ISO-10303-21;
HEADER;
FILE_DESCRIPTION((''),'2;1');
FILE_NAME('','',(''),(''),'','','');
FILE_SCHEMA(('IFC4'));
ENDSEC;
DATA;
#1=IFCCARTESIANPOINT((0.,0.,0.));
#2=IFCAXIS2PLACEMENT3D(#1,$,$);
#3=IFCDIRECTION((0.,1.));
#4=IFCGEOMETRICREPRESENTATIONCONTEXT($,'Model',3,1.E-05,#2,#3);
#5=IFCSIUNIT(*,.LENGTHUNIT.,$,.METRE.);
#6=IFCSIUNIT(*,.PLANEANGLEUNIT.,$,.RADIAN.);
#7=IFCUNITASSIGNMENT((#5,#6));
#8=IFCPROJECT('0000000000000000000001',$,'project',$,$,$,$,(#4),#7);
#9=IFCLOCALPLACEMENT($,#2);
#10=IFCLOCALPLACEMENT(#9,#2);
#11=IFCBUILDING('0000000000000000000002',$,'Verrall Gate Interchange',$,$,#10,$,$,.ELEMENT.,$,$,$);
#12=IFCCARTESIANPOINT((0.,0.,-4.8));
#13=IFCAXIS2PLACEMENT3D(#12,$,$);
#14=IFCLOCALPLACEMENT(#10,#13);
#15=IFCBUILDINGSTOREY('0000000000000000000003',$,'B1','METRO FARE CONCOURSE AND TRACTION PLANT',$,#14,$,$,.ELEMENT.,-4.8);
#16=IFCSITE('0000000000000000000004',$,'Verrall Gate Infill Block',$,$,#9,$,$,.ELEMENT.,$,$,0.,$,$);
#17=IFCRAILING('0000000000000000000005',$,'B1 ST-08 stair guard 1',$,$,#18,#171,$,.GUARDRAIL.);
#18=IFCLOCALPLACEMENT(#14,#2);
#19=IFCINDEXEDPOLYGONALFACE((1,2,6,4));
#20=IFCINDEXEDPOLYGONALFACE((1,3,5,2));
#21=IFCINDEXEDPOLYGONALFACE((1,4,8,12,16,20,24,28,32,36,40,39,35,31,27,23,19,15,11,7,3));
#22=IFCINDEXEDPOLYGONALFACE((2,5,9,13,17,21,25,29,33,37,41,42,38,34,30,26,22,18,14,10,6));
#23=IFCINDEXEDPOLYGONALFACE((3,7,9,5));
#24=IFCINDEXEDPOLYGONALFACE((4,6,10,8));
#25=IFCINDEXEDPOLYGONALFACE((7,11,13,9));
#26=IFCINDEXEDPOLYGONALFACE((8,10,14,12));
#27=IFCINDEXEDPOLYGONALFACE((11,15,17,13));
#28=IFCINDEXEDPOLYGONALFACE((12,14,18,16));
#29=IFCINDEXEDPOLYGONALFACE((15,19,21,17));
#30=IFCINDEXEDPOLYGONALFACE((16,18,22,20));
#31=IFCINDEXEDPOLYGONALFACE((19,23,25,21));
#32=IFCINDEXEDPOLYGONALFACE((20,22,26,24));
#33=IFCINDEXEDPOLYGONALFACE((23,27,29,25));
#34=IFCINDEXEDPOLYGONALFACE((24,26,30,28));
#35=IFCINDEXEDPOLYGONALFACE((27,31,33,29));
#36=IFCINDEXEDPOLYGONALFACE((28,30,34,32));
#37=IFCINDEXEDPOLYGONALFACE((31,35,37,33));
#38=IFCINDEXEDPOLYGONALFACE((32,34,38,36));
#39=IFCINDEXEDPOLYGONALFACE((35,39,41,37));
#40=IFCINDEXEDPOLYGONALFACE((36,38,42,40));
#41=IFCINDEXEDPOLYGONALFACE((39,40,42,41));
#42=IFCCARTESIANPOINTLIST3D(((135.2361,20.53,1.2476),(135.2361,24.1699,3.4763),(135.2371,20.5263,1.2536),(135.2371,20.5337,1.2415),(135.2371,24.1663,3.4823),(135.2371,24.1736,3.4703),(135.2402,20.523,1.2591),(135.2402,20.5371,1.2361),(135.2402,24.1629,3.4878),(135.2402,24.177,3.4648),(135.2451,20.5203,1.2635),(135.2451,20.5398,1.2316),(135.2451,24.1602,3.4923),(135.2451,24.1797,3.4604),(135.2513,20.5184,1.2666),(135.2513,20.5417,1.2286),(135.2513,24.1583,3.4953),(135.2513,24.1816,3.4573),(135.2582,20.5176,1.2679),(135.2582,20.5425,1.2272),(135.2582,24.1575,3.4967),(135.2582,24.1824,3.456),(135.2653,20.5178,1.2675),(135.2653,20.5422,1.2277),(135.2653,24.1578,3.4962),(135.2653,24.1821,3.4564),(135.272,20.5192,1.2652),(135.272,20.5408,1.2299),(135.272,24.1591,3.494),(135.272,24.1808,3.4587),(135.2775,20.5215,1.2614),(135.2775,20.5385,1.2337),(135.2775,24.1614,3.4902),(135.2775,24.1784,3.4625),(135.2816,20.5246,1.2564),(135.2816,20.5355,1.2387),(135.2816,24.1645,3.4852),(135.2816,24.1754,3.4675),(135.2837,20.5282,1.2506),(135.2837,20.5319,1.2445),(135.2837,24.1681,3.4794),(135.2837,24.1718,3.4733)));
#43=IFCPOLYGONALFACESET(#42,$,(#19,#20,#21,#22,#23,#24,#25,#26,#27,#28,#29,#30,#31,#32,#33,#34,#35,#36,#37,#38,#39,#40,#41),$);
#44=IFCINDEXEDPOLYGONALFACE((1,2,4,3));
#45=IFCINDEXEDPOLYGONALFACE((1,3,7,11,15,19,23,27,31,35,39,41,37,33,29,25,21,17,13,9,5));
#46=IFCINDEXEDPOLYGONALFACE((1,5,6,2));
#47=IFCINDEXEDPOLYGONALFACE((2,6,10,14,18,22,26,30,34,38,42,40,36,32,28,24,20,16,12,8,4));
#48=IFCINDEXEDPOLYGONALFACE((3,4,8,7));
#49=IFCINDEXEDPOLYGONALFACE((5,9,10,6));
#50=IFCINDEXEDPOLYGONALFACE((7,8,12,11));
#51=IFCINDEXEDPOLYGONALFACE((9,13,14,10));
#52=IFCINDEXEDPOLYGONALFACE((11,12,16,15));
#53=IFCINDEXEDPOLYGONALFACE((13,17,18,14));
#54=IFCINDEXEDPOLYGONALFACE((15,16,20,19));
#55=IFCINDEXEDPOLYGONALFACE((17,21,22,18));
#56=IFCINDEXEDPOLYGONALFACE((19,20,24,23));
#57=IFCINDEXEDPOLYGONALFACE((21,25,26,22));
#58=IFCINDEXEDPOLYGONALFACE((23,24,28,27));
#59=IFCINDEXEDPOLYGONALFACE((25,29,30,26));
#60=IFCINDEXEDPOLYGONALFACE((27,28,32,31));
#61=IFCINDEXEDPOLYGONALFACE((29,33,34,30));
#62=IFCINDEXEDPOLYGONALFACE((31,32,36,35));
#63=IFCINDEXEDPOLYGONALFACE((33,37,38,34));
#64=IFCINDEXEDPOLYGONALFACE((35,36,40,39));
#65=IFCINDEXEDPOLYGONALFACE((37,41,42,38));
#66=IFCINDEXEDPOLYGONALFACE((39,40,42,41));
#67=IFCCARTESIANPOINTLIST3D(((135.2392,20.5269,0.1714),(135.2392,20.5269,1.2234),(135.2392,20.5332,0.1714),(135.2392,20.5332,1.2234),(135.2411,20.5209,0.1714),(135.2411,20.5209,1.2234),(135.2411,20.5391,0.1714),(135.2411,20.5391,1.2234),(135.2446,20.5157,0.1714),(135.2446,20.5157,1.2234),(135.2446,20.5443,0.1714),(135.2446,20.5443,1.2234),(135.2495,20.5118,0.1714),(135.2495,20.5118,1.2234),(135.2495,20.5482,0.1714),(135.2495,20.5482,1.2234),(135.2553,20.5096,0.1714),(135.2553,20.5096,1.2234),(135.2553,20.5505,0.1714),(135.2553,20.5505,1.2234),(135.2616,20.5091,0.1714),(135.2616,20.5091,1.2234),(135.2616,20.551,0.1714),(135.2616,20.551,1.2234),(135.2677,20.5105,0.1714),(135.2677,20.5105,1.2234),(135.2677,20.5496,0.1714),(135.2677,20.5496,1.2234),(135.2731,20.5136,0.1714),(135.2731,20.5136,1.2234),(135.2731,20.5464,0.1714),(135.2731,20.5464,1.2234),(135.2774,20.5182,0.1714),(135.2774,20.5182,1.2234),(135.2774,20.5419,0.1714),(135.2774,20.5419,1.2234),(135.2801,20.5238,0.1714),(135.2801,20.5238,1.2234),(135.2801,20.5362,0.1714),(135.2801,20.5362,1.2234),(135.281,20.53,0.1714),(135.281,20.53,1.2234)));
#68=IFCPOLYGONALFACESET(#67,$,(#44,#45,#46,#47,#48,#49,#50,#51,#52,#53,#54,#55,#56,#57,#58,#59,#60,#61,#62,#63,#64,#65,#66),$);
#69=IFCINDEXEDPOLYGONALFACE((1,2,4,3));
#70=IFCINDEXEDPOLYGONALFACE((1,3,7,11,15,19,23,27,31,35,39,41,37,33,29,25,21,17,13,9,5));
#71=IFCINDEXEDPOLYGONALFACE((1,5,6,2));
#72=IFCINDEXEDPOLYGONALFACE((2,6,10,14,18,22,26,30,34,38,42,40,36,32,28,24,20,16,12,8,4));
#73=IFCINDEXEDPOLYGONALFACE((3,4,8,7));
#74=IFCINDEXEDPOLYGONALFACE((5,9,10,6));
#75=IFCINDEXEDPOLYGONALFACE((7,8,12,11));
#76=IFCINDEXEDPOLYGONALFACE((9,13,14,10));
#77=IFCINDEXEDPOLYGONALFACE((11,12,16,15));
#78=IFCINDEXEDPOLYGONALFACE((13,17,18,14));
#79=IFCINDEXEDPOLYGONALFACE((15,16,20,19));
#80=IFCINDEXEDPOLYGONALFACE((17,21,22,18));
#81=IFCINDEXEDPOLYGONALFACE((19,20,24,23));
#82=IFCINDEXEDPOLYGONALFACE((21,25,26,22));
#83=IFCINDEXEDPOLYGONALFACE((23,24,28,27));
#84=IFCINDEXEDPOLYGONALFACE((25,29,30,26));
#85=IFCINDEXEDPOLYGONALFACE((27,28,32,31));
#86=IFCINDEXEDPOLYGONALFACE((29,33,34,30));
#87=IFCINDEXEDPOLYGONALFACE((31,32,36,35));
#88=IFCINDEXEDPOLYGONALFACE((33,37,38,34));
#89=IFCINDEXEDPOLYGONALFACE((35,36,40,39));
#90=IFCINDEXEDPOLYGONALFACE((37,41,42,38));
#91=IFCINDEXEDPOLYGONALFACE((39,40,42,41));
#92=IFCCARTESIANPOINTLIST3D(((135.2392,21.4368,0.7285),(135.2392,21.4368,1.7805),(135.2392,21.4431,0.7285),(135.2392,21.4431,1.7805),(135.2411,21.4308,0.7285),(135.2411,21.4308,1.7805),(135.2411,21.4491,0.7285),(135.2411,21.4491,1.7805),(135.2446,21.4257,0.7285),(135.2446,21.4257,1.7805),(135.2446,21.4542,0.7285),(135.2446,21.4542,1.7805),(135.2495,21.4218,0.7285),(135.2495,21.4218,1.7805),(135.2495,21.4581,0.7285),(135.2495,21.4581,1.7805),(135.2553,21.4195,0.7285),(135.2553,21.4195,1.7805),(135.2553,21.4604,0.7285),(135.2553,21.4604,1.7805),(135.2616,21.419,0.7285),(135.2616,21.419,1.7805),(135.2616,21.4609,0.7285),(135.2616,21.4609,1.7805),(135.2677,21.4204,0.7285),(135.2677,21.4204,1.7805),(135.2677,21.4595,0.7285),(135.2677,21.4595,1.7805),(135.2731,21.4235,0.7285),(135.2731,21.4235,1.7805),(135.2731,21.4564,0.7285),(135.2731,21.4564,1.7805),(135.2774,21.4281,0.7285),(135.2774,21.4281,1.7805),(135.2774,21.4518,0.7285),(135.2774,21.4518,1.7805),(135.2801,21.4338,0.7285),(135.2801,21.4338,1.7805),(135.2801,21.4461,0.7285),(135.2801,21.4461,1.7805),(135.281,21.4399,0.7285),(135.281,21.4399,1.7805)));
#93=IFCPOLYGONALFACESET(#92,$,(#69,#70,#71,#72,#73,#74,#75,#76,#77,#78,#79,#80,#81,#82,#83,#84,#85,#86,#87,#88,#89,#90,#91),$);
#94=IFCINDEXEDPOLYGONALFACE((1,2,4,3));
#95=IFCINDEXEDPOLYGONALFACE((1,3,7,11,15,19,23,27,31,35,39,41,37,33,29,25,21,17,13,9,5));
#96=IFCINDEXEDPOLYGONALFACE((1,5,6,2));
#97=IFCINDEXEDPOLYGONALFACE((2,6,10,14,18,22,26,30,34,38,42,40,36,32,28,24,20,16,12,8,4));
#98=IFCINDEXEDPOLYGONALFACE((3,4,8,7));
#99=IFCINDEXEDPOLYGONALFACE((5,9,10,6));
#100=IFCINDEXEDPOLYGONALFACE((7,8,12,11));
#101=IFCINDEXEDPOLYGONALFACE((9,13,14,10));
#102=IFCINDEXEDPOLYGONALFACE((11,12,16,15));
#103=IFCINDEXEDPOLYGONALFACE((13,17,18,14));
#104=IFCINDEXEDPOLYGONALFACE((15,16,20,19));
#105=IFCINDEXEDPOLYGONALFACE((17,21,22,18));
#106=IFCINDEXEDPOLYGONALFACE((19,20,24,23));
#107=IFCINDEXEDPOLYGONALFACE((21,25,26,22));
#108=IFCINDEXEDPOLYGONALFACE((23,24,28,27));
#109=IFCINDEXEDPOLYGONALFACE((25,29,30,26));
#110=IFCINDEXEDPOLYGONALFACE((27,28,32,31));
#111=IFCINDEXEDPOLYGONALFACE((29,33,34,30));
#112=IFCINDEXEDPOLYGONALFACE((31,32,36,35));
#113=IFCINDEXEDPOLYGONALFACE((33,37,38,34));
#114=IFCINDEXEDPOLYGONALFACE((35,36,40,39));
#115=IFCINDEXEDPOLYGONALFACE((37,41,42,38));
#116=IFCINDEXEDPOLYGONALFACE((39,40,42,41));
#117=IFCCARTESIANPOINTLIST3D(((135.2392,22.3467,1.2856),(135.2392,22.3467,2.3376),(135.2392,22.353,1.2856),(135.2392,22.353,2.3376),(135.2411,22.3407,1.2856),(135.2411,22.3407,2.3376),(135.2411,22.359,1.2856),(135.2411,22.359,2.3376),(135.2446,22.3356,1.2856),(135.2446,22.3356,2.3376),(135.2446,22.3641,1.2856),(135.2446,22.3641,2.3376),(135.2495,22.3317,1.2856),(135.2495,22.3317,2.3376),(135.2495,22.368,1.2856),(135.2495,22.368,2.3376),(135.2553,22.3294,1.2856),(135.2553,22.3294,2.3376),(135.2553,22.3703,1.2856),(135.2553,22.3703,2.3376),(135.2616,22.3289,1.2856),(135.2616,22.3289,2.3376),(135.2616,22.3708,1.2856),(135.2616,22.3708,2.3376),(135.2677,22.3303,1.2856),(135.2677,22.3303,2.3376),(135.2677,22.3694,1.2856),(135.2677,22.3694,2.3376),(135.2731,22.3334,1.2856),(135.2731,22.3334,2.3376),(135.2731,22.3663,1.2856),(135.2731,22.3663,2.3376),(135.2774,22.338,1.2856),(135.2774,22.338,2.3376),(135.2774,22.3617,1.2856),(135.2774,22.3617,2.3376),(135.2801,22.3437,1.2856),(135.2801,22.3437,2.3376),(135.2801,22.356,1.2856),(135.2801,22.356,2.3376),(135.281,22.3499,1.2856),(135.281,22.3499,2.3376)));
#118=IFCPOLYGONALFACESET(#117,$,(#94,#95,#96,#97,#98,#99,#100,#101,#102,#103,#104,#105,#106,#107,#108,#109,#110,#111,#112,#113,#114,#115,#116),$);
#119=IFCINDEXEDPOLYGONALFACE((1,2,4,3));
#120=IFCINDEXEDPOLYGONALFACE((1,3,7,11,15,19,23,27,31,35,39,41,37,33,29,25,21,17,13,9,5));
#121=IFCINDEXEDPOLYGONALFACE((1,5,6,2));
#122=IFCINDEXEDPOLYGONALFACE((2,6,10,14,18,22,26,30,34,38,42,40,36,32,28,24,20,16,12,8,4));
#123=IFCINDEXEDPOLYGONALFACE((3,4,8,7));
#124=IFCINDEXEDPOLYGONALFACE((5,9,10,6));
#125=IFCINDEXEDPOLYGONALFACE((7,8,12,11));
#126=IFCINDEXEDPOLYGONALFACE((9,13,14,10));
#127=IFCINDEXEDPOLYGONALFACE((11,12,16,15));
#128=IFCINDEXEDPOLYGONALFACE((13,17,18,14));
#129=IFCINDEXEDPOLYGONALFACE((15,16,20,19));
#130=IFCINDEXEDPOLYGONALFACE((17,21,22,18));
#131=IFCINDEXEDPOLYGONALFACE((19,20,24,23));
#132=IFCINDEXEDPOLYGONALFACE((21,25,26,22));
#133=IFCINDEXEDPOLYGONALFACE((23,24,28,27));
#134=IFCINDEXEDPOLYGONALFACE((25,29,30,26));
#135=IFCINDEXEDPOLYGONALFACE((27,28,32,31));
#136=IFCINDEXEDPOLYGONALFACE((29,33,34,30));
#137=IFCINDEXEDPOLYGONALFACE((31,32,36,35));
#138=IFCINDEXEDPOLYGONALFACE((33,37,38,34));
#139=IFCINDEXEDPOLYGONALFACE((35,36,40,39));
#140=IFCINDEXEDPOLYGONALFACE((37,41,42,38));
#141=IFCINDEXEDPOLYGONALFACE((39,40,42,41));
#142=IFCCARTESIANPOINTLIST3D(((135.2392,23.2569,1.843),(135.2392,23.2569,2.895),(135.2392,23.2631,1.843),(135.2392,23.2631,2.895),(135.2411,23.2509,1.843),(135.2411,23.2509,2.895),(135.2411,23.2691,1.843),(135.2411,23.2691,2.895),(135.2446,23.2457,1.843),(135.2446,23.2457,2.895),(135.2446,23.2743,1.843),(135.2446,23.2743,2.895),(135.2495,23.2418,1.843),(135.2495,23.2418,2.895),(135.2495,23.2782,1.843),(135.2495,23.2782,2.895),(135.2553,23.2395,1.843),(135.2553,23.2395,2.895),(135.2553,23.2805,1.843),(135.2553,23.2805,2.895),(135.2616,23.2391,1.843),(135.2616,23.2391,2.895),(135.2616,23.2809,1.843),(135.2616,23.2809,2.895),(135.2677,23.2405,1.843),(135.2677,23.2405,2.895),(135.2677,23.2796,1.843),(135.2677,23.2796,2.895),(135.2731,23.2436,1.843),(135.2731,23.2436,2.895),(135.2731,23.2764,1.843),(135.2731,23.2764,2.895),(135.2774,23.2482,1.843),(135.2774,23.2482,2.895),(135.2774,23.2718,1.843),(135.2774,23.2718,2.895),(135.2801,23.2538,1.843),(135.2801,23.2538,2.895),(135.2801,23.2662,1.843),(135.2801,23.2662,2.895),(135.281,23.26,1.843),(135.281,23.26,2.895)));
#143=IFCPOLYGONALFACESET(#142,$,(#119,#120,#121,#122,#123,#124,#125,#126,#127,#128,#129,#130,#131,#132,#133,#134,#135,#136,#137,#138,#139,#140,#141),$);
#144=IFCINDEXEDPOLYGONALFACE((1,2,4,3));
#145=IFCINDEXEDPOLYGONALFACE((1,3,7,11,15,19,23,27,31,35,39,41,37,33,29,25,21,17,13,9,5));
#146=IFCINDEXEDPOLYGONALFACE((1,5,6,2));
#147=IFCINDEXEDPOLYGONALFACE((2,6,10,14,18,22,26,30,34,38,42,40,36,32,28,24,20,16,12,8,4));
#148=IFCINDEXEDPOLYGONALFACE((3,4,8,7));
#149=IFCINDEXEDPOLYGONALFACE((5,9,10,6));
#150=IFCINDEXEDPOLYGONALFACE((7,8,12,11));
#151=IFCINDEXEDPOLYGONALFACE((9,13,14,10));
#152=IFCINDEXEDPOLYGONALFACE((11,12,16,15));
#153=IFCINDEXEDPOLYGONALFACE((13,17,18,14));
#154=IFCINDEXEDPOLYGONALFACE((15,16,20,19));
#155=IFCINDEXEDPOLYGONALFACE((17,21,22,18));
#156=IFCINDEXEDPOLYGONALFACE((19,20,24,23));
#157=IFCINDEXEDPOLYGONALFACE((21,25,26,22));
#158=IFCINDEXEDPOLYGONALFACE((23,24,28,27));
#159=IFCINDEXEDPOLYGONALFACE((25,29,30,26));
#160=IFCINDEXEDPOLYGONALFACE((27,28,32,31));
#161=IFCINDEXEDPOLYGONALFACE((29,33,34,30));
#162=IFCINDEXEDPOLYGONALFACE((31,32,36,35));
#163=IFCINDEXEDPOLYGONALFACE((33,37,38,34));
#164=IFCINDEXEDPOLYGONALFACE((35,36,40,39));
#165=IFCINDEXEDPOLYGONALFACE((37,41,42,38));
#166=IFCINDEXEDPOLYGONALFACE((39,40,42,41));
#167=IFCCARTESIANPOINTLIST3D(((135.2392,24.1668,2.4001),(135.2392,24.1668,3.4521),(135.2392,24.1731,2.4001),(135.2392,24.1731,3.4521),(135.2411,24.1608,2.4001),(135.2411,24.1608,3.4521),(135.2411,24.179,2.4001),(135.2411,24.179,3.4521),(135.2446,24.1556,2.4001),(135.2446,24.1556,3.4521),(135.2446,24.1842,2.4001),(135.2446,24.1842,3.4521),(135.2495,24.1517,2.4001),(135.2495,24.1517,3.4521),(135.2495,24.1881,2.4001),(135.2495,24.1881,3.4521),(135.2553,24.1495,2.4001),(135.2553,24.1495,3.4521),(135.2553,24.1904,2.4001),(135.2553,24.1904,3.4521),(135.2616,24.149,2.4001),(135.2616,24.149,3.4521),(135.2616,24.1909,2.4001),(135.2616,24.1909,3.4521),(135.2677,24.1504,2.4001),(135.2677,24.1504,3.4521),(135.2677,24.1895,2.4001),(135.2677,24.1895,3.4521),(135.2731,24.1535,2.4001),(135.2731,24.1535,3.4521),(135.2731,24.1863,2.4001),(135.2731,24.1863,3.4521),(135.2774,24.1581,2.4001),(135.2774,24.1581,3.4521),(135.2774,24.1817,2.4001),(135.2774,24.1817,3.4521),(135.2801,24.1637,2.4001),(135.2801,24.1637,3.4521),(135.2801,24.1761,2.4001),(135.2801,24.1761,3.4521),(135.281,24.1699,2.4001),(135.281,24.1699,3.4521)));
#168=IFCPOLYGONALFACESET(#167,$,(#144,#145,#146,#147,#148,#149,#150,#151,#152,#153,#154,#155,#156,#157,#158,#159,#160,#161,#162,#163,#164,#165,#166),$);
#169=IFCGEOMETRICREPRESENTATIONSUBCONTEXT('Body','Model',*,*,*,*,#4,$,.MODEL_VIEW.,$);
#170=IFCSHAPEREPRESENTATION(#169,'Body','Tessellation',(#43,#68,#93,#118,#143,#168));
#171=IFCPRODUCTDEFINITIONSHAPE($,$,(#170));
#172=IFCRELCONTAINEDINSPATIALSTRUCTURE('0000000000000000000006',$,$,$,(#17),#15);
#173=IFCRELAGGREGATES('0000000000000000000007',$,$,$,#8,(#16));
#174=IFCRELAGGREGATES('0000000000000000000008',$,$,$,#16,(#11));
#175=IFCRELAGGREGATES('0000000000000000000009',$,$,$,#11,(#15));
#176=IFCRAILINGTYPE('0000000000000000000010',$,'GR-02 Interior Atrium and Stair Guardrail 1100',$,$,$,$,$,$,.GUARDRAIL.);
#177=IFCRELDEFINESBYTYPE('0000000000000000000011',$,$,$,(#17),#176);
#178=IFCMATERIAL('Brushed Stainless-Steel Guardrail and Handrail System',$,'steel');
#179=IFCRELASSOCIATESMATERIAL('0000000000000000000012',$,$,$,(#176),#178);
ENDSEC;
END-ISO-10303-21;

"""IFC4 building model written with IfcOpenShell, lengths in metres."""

from ifc_helpers import new_model, si_unit, direction, frame, origin, origin_2d, place, context, subcontext, project, spatial, circle, extrude, material, type_object, element, save


model = new_model("IFC4")

# Units and contexts
model_context = context("Model", 3, precision=1e-05, world=origin(), true_north=direction((0.0, 1.0)))
body_context = subcontext(model_context, "Body", "Model", "MODEL_VIEW")
ifc_project = project(units=[si_unit("LENGTHUNIT", "METRE"), si_unit("PLANEANGLEUNIT", "RADIAN")], contexts=[model_context])

# Site, building, storey
site_placement = place(None, origin())
site = spatial("IfcSite", under=ifc_project, at=site_placement, Name="Verrall Gate Infill Block", CompositionType="ELEMENT", RefElevation=0.0)
building_placement = place(site_placement, origin())
building = spatial("IfcBuilding", under=site, at=building_placement, Name="Verrall Gate Interchange", CompositionType="ELEMENT")
storey_placement = place(building_placement, frame((0.0, 0.0, -4.8)))
storey = spatial("IfcBuildingStorey", under=building, at=storey_placement, Name="B1", Description="METRO FARE CONCOURSE AND TRACTION PLANT", CompositionType="ELEMENT", Elevation=-4.8)

# Railing
ifc_material_1 = material(Name="Brushed Stainless-Steel Guardrail and Handrail System", Category="steel")
railing_type_1 = type_object("IfcRailingType", Name="GR-02 Interior Atrium and Stair Guardrail 1100", PredefinedType="GUARDRAIL", material=ifc_material_1)
railing_1_placement = place(storey_placement, frame((135.26, 20.53, 0.1714)))
element("IfcRailing", 1, at=railing_1_placement, inside=storey, type_object=railing_type_1, Name="B1 ST-08 stair guard 1", PredefinedType="GUARDRAIL", context=body_context, shape_type="SweptSolid", body=[
    extrude(circle(Radius=0.0239, at=origin_2d()), frame((0.0, 0.0, 1.0762), z_axis=(0.0, 0.852825, 0.522197), x_axis=(-1.0, 0.0, 0.0)), (0.0, 0.0, 1.0), 4.2681),
    extrude(circle(Radius=0.021, at=origin_2d()), origin(), (0.0, 0.0, 1.0), 1.052),
    extrude(circle(Radius=0.021, at=origin_2d()), frame((0.0, 0.9099, 0.5571)), (0.0, 0.0, 1.0), 1.052),
    extrude(circle(Radius=0.021, at=origin_2d()), frame((0.0, 1.8198, 1.1143)), (0.0, 0.0, 1.0), 1.052),
    extrude(circle(Radius=0.021, at=origin_2d()), frame((0.0, 2.73, 1.6716)), (0.0, 0.0, 1.0), 1.052),
    extrude(circle(Radius=0.021, at=origin_2d()), frame((0.0, 3.6399, 2.2288)), (0.0, 0.0, 1.0), 1.052),
])

save(model, "model.ifc")
